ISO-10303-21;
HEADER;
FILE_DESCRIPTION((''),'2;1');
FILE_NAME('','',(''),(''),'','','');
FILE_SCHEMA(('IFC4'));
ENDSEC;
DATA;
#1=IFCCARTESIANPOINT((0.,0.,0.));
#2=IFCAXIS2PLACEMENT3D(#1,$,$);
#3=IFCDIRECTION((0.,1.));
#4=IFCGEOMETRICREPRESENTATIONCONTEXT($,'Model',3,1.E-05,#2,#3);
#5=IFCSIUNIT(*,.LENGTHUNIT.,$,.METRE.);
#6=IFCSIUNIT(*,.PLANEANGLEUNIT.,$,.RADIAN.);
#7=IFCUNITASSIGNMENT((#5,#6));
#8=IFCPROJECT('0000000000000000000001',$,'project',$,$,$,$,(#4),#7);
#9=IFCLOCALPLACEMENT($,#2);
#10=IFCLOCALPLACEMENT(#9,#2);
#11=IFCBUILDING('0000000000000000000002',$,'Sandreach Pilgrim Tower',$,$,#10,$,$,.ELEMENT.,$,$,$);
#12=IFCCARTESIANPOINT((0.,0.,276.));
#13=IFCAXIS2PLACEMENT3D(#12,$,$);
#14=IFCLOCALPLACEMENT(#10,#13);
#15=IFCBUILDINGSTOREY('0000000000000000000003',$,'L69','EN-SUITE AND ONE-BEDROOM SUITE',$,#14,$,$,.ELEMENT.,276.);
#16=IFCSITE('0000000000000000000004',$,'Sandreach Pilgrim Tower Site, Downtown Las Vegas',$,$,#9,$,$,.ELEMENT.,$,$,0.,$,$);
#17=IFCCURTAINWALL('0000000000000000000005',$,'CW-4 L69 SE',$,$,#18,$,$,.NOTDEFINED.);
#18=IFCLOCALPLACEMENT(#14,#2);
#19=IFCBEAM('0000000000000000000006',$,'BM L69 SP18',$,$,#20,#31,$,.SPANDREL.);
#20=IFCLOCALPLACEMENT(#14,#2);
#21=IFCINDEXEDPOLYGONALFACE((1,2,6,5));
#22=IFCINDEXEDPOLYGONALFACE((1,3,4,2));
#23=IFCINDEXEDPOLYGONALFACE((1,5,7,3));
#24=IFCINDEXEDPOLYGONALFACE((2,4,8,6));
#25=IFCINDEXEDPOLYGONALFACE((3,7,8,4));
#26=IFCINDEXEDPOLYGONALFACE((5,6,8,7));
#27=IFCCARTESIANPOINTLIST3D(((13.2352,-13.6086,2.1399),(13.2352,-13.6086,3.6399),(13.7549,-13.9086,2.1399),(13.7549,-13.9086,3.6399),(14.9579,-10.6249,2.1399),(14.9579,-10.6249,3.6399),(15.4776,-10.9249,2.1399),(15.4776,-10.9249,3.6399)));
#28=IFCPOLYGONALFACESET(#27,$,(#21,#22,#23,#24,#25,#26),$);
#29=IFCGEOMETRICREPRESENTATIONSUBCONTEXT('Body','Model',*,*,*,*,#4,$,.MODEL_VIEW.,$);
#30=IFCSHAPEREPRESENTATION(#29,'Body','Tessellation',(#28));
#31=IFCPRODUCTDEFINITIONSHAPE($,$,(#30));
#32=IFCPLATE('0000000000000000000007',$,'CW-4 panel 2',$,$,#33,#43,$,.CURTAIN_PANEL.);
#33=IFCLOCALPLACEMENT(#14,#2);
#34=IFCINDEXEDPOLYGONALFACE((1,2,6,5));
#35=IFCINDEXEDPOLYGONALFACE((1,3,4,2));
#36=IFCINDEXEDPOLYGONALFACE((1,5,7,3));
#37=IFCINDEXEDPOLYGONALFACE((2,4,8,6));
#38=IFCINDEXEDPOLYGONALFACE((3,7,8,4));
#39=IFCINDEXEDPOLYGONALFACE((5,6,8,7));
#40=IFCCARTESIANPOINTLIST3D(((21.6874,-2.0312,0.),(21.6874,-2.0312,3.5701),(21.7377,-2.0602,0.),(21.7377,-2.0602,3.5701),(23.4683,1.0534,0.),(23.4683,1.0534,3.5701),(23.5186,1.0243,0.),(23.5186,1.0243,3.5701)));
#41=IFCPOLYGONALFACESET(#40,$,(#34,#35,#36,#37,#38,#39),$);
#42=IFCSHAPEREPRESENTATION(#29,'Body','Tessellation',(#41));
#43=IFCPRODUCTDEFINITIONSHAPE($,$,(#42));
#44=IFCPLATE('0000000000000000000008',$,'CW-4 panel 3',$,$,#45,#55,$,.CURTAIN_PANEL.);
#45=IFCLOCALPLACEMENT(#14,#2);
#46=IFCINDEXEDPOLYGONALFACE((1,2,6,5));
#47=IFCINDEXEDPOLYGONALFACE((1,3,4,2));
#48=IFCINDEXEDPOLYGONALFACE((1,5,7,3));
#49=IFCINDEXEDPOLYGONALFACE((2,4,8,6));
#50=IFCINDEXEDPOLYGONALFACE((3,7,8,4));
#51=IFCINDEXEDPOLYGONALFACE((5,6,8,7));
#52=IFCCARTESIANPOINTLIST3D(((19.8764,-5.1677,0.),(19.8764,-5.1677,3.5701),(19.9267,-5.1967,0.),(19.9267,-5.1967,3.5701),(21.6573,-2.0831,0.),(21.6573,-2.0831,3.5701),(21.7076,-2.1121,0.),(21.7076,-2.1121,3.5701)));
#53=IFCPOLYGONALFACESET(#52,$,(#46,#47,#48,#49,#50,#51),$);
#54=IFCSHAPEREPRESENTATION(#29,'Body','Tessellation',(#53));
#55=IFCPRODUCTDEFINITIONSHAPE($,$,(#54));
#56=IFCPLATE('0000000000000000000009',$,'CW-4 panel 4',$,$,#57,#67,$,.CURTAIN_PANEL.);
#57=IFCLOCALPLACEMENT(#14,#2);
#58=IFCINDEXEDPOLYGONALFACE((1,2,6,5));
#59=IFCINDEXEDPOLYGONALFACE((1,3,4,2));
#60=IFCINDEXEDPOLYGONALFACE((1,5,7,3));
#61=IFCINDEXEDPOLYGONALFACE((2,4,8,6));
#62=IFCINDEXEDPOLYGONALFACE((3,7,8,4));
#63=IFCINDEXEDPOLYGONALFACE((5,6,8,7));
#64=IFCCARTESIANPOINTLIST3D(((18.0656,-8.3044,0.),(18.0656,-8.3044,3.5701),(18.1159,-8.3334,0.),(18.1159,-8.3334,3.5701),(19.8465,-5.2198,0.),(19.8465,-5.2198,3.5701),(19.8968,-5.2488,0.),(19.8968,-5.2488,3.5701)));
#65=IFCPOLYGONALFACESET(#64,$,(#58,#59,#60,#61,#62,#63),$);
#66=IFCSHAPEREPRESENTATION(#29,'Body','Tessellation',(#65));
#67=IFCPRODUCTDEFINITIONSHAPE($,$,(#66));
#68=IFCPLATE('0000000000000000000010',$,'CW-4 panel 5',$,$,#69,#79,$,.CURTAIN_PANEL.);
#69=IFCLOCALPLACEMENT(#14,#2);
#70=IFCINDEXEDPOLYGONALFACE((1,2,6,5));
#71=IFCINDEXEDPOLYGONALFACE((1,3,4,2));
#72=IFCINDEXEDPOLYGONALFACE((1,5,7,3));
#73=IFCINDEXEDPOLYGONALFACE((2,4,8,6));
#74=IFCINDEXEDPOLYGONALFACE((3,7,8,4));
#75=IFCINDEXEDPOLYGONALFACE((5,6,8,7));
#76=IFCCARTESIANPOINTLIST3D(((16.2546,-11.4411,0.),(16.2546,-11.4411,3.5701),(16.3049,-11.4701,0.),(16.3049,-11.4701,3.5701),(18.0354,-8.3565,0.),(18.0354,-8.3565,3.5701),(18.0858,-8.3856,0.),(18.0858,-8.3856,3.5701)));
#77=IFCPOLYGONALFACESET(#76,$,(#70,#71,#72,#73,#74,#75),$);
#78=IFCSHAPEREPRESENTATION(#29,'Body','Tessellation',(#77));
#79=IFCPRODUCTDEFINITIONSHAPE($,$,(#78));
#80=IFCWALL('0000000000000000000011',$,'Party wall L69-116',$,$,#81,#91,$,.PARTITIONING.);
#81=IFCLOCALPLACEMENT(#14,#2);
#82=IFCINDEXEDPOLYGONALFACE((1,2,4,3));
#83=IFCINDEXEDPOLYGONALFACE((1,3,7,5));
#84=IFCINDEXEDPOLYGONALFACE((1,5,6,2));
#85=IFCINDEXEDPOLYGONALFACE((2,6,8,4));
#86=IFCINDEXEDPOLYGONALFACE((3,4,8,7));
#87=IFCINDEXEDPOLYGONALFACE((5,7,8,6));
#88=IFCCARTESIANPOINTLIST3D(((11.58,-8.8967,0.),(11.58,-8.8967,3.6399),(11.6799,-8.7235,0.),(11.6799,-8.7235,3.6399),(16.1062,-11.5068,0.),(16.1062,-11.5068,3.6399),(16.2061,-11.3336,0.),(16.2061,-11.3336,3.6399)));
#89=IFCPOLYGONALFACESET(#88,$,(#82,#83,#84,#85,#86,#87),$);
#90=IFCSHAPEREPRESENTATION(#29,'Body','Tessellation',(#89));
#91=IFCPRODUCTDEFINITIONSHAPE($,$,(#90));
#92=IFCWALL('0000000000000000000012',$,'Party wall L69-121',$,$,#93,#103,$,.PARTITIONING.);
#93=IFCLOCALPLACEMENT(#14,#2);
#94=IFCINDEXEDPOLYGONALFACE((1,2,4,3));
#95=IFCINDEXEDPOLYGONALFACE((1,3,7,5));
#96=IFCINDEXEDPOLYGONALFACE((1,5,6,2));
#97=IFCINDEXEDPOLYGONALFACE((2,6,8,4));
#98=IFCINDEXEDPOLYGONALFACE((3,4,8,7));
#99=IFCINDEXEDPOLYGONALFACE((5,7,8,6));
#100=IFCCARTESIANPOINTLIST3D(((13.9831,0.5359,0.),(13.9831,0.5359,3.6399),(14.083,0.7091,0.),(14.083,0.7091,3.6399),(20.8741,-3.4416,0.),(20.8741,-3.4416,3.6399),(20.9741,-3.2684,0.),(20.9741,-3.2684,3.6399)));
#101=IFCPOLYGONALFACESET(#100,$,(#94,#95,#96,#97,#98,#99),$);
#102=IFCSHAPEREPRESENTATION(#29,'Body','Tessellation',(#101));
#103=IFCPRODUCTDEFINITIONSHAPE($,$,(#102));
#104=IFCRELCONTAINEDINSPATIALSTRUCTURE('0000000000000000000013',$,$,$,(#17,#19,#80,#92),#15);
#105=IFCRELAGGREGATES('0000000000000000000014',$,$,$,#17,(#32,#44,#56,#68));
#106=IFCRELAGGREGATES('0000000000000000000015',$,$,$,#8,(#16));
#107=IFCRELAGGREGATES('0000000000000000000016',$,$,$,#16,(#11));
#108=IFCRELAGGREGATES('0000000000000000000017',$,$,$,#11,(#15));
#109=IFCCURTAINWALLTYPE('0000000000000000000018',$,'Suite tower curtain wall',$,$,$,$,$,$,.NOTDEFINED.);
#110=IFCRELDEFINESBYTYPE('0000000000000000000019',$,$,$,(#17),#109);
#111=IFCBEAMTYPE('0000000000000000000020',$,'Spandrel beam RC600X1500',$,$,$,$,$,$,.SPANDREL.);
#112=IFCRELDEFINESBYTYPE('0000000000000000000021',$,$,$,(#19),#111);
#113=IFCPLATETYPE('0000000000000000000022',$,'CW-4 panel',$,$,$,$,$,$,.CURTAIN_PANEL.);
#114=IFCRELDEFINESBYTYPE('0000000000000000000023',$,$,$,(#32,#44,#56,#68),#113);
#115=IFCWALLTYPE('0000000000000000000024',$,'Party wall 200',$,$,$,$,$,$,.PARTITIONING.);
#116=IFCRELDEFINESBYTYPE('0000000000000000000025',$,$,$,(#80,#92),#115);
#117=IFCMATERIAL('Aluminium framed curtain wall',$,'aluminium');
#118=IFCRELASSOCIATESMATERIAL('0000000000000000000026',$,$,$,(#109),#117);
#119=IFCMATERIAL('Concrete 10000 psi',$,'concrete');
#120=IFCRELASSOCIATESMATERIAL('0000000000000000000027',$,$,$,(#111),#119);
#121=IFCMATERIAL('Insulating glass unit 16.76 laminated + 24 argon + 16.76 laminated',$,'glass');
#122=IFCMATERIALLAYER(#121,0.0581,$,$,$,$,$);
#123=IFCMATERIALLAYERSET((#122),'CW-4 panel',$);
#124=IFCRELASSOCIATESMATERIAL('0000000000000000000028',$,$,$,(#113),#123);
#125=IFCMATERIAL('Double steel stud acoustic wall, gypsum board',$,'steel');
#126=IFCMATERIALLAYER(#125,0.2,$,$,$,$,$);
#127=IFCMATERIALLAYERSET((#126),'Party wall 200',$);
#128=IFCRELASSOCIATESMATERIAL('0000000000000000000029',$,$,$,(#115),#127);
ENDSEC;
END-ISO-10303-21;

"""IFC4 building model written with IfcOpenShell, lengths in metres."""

from ifc_helpers import new_model, si_unit, direction, frame, frame_2d, origin, origin_2d, place, context, subcontext, project, spatial, rectangle, extrude, material, layer, layer_set, material_profile, profile_set, type_object, element, aggregate, save


model = new_model("IFC4")

# Units and contexts
model_context = context("Model", 3, precision=1e-05, world=origin(), true_north=direction((0.0, 1.0)))
body_context = subcontext(model_context, "Body", "Model", "MODEL_VIEW")
ifc_project = project(units=[si_unit("LENGTHUNIT", "METRE"), si_unit("PLANEANGLEUNIT", "RADIAN")], contexts=[model_context])

# Site, building, storey
site_placement = place(None, origin())
site = spatial("IfcSite", under=ifc_project, at=site_placement, Name="Sandreach Pilgrim Tower Site, Downtown Las Vegas", CompositionType="ELEMENT", RefElevation=0.0)
building_placement = place(site_placement, origin())
building = spatial("IfcBuilding", under=site, at=building_placement, Name="Sandreach Pilgrim Tower", CompositionType="ELEMENT")
storey_placement = place(building_placement, frame((0.0, 0.0, 276.0)))
storey = spatial("IfcBuildingStorey", under=building, at=storey_placement, Name="L69", Description="EN-SUITE AND ONE-BEDROOM SUITE", CompositionType="ELEMENT", Elevation=276.0)

# Curtain wall
ifc_material_1 = material(Name="Aluminium framed curtain wall", Category="aluminium")
curtain_wall_type = type_object("IfcCurtainWallType", Name="Suite tower curtain wall", PredefinedType="NOTDEFINED", material=ifc_material_1)
curtain_wall_placement = place(storey_placement, origin())
curtain_wall = element("IfcCurtainWall", 1, at=curtain_wall_placement, inside=storey, type_object=curtain_wall_type, Name="CW-4 L69 SE", PredefinedType="NOTDEFINED")

# Beam
ifc_material_2 = material(Name="Concrete 10000 psi", Category="concrete")
ifc_material_profile_1 = material_profile(ifc_material_2, rectangle(XDim=0.6001, YDim=1.5, at=origin_2d()), Name="RC600X1500")
ifc_profile_set_1 = profile_set([ifc_material_profile_1], Name="Concrete 10000 psi")
beam_type_1 = type_object("IfcBeamType", Name="Spandrel beam RC600X1500", PredefinedType="SPANDREL", material=ifc_profile_set_1)
beam_1_placement = place(storey_placement, frame((15.2178, -10.7749, 2.8899), z_axis=(-0.500011, -0.866019, 0.0), x_axis=(0.866019, -0.500011, 0.0)))
element("IfcBeam", 2, at=beam_1_placement, inside=storey, type_object=beam_type_1, Name="BM L69 SP18", PredefinedType="SPANDREL", context=body_context, shape_type="SweptSolid", body=[
    extrude(rectangle(XDim=0.6001, YDim=1.5, at=origin_2d()), origin(), (0.0, 0.0, 1.0), 3.4453),
])

# Plates
ifc_material_3 = material(Name="Insulating glass unit 16.76 laminated + 24 argon + 16.76 laminated", Category="glass")
ifc_layer_1 = layer(ifc_material_3, 0.0581)
ifc_layer_set_1 = layer_set([ifc_layer_1], Name="CW-4 panel")
plate_type = type_object("IfcPlateType", Name="CW-4 panel", PredefinedType="CURTAIN_PANEL", material=ifc_layer_set_1)
plate_1_placement = place(storey_placement, frame((22.603, -0.5034, 0.0), z_axis=(0.0, 0.0, 1.0), x_axis=(-0.5, -0.866025, 0.0)))
plate_1 = element("IfcPlate", 3, at=plate_1_placement, type_object=plate_type, Name="CW-4 panel 2", PredefinedType="CURTAIN_PANEL", context=body_context, shape_type="SweptSolid", body=[
    extrude(rectangle(XDim=3.5618, YDim=0.0581, at=origin_2d()), origin(), (0.0, 0.0, 1.0), 3.5701),
])
plate_2_placement = place(storey_placement, frame((20.792, -3.6399, 0.0), z_axis=(0.0, 0.0, 1.0), x_axis=(-0.5, -0.866025, 0.0)))
plate_2 = element("IfcPlate", 4, at=plate_2_placement, type_object=plate_type, Name="CW-4 panel 3", PredefinedType="CURTAIN_PANEL", context=body_context, shape_type="SweptSolid", body=[
    extrude(rectangle(XDim=3.5618, YDim=0.0581, at=origin_2d()), origin(), (0.0, 0.0, 1.0), 3.5701),
])
plate_3_placement = place(storey_placement, frame((18.9812, -6.7766, 0.0), z_axis=(0.0, 0.0, 1.0), x_axis=(-0.5, -0.866025, 0.0)))
plate_3 = element("IfcPlate", 5, at=plate_3_placement, type_object=plate_type, Name="CW-4 panel 4", PredefinedType="CURTAIN_PANEL", context=body_context, shape_type="SweptSolid", body=[
    extrude(rectangle(XDim=3.5618, YDim=0.0581, at=origin_2d()), origin(), (0.0, 0.0, 1.0), 3.5701),
])
plate_4_placement = place(storey_placement, frame((17.1702, -9.9133, 0.0), z_axis=(0.0, 0.0, 1.0), x_axis=(-0.5, -0.866025, 0.0)))
plate_4 = element("IfcPlate", 6, at=plate_4_placement, type_object=plate_type, Name="CW-4 panel 5", PredefinedType="CURTAIN_PANEL", context=body_context, shape_type="SweptSolid", body=[
    extrude(rectangle(XDim=3.5618, YDim=0.0581, at=origin_2d()), origin(), (0.0, 0.0, 1.0), 3.5701),
])
aggregate(curtain_wall, [plate_1, plate_2, plate_3, plate_4])

# Walls
ifc_material_4 = material(Name="Double steel stud acoustic wall, gypsum board", Category="steel")
ifc_layer_2 = layer(ifc_material_4, 0.2)
ifc_layer_set_2 = layer_set([ifc_layer_2], Name="Party wall 200")
wall_type = type_object("IfcWallType", Name="Party wall 200", PredefinedType="PARTITIONING", material=ifc_layer_set_2)
wall_1_placement = place(storey_placement, frame((16.156, -11.4202, 0.0), z_axis=(0.0, 0.0, 1.0), x_axis=(-0.866278, 0.499562, 0.0)))
element("IfcWall", 7, at=wall_1_placement, inside=storey, type_object=wall_type, Name="Party wall L69-116", PredefinedType="PARTITIONING", context=body_context, shape_type="SweptSolid", body=[
    extrude(rectangle(XDim=5.2249, YDim=0.2, at=frame_2d((2.6123, 0.0))), origin(), (0.0, 0.0, 1.0), 3.6399),
])
wall_2_placement = place(storey_placement, frame((20.9241, -3.355, 0.0), z_axis=(0.0, 0.0, 1.0), x_axis=(-0.866082, 0.499901, 0.0)))
element("IfcWall", 8, at=wall_2_placement, inside=storey, type_object=wall_type, Name="Party wall L69-121", PredefinedType="PARTITIONING", context=body_context, shape_type="SweptSolid", body=[
    extrude(rectangle(XDim=7.9565, YDim=0.2, at=frame_2d((3.9783, 0.0))), origin(), (0.0, 0.0, 1.0), 3.6399),
])

save(model, "model.ifc")
